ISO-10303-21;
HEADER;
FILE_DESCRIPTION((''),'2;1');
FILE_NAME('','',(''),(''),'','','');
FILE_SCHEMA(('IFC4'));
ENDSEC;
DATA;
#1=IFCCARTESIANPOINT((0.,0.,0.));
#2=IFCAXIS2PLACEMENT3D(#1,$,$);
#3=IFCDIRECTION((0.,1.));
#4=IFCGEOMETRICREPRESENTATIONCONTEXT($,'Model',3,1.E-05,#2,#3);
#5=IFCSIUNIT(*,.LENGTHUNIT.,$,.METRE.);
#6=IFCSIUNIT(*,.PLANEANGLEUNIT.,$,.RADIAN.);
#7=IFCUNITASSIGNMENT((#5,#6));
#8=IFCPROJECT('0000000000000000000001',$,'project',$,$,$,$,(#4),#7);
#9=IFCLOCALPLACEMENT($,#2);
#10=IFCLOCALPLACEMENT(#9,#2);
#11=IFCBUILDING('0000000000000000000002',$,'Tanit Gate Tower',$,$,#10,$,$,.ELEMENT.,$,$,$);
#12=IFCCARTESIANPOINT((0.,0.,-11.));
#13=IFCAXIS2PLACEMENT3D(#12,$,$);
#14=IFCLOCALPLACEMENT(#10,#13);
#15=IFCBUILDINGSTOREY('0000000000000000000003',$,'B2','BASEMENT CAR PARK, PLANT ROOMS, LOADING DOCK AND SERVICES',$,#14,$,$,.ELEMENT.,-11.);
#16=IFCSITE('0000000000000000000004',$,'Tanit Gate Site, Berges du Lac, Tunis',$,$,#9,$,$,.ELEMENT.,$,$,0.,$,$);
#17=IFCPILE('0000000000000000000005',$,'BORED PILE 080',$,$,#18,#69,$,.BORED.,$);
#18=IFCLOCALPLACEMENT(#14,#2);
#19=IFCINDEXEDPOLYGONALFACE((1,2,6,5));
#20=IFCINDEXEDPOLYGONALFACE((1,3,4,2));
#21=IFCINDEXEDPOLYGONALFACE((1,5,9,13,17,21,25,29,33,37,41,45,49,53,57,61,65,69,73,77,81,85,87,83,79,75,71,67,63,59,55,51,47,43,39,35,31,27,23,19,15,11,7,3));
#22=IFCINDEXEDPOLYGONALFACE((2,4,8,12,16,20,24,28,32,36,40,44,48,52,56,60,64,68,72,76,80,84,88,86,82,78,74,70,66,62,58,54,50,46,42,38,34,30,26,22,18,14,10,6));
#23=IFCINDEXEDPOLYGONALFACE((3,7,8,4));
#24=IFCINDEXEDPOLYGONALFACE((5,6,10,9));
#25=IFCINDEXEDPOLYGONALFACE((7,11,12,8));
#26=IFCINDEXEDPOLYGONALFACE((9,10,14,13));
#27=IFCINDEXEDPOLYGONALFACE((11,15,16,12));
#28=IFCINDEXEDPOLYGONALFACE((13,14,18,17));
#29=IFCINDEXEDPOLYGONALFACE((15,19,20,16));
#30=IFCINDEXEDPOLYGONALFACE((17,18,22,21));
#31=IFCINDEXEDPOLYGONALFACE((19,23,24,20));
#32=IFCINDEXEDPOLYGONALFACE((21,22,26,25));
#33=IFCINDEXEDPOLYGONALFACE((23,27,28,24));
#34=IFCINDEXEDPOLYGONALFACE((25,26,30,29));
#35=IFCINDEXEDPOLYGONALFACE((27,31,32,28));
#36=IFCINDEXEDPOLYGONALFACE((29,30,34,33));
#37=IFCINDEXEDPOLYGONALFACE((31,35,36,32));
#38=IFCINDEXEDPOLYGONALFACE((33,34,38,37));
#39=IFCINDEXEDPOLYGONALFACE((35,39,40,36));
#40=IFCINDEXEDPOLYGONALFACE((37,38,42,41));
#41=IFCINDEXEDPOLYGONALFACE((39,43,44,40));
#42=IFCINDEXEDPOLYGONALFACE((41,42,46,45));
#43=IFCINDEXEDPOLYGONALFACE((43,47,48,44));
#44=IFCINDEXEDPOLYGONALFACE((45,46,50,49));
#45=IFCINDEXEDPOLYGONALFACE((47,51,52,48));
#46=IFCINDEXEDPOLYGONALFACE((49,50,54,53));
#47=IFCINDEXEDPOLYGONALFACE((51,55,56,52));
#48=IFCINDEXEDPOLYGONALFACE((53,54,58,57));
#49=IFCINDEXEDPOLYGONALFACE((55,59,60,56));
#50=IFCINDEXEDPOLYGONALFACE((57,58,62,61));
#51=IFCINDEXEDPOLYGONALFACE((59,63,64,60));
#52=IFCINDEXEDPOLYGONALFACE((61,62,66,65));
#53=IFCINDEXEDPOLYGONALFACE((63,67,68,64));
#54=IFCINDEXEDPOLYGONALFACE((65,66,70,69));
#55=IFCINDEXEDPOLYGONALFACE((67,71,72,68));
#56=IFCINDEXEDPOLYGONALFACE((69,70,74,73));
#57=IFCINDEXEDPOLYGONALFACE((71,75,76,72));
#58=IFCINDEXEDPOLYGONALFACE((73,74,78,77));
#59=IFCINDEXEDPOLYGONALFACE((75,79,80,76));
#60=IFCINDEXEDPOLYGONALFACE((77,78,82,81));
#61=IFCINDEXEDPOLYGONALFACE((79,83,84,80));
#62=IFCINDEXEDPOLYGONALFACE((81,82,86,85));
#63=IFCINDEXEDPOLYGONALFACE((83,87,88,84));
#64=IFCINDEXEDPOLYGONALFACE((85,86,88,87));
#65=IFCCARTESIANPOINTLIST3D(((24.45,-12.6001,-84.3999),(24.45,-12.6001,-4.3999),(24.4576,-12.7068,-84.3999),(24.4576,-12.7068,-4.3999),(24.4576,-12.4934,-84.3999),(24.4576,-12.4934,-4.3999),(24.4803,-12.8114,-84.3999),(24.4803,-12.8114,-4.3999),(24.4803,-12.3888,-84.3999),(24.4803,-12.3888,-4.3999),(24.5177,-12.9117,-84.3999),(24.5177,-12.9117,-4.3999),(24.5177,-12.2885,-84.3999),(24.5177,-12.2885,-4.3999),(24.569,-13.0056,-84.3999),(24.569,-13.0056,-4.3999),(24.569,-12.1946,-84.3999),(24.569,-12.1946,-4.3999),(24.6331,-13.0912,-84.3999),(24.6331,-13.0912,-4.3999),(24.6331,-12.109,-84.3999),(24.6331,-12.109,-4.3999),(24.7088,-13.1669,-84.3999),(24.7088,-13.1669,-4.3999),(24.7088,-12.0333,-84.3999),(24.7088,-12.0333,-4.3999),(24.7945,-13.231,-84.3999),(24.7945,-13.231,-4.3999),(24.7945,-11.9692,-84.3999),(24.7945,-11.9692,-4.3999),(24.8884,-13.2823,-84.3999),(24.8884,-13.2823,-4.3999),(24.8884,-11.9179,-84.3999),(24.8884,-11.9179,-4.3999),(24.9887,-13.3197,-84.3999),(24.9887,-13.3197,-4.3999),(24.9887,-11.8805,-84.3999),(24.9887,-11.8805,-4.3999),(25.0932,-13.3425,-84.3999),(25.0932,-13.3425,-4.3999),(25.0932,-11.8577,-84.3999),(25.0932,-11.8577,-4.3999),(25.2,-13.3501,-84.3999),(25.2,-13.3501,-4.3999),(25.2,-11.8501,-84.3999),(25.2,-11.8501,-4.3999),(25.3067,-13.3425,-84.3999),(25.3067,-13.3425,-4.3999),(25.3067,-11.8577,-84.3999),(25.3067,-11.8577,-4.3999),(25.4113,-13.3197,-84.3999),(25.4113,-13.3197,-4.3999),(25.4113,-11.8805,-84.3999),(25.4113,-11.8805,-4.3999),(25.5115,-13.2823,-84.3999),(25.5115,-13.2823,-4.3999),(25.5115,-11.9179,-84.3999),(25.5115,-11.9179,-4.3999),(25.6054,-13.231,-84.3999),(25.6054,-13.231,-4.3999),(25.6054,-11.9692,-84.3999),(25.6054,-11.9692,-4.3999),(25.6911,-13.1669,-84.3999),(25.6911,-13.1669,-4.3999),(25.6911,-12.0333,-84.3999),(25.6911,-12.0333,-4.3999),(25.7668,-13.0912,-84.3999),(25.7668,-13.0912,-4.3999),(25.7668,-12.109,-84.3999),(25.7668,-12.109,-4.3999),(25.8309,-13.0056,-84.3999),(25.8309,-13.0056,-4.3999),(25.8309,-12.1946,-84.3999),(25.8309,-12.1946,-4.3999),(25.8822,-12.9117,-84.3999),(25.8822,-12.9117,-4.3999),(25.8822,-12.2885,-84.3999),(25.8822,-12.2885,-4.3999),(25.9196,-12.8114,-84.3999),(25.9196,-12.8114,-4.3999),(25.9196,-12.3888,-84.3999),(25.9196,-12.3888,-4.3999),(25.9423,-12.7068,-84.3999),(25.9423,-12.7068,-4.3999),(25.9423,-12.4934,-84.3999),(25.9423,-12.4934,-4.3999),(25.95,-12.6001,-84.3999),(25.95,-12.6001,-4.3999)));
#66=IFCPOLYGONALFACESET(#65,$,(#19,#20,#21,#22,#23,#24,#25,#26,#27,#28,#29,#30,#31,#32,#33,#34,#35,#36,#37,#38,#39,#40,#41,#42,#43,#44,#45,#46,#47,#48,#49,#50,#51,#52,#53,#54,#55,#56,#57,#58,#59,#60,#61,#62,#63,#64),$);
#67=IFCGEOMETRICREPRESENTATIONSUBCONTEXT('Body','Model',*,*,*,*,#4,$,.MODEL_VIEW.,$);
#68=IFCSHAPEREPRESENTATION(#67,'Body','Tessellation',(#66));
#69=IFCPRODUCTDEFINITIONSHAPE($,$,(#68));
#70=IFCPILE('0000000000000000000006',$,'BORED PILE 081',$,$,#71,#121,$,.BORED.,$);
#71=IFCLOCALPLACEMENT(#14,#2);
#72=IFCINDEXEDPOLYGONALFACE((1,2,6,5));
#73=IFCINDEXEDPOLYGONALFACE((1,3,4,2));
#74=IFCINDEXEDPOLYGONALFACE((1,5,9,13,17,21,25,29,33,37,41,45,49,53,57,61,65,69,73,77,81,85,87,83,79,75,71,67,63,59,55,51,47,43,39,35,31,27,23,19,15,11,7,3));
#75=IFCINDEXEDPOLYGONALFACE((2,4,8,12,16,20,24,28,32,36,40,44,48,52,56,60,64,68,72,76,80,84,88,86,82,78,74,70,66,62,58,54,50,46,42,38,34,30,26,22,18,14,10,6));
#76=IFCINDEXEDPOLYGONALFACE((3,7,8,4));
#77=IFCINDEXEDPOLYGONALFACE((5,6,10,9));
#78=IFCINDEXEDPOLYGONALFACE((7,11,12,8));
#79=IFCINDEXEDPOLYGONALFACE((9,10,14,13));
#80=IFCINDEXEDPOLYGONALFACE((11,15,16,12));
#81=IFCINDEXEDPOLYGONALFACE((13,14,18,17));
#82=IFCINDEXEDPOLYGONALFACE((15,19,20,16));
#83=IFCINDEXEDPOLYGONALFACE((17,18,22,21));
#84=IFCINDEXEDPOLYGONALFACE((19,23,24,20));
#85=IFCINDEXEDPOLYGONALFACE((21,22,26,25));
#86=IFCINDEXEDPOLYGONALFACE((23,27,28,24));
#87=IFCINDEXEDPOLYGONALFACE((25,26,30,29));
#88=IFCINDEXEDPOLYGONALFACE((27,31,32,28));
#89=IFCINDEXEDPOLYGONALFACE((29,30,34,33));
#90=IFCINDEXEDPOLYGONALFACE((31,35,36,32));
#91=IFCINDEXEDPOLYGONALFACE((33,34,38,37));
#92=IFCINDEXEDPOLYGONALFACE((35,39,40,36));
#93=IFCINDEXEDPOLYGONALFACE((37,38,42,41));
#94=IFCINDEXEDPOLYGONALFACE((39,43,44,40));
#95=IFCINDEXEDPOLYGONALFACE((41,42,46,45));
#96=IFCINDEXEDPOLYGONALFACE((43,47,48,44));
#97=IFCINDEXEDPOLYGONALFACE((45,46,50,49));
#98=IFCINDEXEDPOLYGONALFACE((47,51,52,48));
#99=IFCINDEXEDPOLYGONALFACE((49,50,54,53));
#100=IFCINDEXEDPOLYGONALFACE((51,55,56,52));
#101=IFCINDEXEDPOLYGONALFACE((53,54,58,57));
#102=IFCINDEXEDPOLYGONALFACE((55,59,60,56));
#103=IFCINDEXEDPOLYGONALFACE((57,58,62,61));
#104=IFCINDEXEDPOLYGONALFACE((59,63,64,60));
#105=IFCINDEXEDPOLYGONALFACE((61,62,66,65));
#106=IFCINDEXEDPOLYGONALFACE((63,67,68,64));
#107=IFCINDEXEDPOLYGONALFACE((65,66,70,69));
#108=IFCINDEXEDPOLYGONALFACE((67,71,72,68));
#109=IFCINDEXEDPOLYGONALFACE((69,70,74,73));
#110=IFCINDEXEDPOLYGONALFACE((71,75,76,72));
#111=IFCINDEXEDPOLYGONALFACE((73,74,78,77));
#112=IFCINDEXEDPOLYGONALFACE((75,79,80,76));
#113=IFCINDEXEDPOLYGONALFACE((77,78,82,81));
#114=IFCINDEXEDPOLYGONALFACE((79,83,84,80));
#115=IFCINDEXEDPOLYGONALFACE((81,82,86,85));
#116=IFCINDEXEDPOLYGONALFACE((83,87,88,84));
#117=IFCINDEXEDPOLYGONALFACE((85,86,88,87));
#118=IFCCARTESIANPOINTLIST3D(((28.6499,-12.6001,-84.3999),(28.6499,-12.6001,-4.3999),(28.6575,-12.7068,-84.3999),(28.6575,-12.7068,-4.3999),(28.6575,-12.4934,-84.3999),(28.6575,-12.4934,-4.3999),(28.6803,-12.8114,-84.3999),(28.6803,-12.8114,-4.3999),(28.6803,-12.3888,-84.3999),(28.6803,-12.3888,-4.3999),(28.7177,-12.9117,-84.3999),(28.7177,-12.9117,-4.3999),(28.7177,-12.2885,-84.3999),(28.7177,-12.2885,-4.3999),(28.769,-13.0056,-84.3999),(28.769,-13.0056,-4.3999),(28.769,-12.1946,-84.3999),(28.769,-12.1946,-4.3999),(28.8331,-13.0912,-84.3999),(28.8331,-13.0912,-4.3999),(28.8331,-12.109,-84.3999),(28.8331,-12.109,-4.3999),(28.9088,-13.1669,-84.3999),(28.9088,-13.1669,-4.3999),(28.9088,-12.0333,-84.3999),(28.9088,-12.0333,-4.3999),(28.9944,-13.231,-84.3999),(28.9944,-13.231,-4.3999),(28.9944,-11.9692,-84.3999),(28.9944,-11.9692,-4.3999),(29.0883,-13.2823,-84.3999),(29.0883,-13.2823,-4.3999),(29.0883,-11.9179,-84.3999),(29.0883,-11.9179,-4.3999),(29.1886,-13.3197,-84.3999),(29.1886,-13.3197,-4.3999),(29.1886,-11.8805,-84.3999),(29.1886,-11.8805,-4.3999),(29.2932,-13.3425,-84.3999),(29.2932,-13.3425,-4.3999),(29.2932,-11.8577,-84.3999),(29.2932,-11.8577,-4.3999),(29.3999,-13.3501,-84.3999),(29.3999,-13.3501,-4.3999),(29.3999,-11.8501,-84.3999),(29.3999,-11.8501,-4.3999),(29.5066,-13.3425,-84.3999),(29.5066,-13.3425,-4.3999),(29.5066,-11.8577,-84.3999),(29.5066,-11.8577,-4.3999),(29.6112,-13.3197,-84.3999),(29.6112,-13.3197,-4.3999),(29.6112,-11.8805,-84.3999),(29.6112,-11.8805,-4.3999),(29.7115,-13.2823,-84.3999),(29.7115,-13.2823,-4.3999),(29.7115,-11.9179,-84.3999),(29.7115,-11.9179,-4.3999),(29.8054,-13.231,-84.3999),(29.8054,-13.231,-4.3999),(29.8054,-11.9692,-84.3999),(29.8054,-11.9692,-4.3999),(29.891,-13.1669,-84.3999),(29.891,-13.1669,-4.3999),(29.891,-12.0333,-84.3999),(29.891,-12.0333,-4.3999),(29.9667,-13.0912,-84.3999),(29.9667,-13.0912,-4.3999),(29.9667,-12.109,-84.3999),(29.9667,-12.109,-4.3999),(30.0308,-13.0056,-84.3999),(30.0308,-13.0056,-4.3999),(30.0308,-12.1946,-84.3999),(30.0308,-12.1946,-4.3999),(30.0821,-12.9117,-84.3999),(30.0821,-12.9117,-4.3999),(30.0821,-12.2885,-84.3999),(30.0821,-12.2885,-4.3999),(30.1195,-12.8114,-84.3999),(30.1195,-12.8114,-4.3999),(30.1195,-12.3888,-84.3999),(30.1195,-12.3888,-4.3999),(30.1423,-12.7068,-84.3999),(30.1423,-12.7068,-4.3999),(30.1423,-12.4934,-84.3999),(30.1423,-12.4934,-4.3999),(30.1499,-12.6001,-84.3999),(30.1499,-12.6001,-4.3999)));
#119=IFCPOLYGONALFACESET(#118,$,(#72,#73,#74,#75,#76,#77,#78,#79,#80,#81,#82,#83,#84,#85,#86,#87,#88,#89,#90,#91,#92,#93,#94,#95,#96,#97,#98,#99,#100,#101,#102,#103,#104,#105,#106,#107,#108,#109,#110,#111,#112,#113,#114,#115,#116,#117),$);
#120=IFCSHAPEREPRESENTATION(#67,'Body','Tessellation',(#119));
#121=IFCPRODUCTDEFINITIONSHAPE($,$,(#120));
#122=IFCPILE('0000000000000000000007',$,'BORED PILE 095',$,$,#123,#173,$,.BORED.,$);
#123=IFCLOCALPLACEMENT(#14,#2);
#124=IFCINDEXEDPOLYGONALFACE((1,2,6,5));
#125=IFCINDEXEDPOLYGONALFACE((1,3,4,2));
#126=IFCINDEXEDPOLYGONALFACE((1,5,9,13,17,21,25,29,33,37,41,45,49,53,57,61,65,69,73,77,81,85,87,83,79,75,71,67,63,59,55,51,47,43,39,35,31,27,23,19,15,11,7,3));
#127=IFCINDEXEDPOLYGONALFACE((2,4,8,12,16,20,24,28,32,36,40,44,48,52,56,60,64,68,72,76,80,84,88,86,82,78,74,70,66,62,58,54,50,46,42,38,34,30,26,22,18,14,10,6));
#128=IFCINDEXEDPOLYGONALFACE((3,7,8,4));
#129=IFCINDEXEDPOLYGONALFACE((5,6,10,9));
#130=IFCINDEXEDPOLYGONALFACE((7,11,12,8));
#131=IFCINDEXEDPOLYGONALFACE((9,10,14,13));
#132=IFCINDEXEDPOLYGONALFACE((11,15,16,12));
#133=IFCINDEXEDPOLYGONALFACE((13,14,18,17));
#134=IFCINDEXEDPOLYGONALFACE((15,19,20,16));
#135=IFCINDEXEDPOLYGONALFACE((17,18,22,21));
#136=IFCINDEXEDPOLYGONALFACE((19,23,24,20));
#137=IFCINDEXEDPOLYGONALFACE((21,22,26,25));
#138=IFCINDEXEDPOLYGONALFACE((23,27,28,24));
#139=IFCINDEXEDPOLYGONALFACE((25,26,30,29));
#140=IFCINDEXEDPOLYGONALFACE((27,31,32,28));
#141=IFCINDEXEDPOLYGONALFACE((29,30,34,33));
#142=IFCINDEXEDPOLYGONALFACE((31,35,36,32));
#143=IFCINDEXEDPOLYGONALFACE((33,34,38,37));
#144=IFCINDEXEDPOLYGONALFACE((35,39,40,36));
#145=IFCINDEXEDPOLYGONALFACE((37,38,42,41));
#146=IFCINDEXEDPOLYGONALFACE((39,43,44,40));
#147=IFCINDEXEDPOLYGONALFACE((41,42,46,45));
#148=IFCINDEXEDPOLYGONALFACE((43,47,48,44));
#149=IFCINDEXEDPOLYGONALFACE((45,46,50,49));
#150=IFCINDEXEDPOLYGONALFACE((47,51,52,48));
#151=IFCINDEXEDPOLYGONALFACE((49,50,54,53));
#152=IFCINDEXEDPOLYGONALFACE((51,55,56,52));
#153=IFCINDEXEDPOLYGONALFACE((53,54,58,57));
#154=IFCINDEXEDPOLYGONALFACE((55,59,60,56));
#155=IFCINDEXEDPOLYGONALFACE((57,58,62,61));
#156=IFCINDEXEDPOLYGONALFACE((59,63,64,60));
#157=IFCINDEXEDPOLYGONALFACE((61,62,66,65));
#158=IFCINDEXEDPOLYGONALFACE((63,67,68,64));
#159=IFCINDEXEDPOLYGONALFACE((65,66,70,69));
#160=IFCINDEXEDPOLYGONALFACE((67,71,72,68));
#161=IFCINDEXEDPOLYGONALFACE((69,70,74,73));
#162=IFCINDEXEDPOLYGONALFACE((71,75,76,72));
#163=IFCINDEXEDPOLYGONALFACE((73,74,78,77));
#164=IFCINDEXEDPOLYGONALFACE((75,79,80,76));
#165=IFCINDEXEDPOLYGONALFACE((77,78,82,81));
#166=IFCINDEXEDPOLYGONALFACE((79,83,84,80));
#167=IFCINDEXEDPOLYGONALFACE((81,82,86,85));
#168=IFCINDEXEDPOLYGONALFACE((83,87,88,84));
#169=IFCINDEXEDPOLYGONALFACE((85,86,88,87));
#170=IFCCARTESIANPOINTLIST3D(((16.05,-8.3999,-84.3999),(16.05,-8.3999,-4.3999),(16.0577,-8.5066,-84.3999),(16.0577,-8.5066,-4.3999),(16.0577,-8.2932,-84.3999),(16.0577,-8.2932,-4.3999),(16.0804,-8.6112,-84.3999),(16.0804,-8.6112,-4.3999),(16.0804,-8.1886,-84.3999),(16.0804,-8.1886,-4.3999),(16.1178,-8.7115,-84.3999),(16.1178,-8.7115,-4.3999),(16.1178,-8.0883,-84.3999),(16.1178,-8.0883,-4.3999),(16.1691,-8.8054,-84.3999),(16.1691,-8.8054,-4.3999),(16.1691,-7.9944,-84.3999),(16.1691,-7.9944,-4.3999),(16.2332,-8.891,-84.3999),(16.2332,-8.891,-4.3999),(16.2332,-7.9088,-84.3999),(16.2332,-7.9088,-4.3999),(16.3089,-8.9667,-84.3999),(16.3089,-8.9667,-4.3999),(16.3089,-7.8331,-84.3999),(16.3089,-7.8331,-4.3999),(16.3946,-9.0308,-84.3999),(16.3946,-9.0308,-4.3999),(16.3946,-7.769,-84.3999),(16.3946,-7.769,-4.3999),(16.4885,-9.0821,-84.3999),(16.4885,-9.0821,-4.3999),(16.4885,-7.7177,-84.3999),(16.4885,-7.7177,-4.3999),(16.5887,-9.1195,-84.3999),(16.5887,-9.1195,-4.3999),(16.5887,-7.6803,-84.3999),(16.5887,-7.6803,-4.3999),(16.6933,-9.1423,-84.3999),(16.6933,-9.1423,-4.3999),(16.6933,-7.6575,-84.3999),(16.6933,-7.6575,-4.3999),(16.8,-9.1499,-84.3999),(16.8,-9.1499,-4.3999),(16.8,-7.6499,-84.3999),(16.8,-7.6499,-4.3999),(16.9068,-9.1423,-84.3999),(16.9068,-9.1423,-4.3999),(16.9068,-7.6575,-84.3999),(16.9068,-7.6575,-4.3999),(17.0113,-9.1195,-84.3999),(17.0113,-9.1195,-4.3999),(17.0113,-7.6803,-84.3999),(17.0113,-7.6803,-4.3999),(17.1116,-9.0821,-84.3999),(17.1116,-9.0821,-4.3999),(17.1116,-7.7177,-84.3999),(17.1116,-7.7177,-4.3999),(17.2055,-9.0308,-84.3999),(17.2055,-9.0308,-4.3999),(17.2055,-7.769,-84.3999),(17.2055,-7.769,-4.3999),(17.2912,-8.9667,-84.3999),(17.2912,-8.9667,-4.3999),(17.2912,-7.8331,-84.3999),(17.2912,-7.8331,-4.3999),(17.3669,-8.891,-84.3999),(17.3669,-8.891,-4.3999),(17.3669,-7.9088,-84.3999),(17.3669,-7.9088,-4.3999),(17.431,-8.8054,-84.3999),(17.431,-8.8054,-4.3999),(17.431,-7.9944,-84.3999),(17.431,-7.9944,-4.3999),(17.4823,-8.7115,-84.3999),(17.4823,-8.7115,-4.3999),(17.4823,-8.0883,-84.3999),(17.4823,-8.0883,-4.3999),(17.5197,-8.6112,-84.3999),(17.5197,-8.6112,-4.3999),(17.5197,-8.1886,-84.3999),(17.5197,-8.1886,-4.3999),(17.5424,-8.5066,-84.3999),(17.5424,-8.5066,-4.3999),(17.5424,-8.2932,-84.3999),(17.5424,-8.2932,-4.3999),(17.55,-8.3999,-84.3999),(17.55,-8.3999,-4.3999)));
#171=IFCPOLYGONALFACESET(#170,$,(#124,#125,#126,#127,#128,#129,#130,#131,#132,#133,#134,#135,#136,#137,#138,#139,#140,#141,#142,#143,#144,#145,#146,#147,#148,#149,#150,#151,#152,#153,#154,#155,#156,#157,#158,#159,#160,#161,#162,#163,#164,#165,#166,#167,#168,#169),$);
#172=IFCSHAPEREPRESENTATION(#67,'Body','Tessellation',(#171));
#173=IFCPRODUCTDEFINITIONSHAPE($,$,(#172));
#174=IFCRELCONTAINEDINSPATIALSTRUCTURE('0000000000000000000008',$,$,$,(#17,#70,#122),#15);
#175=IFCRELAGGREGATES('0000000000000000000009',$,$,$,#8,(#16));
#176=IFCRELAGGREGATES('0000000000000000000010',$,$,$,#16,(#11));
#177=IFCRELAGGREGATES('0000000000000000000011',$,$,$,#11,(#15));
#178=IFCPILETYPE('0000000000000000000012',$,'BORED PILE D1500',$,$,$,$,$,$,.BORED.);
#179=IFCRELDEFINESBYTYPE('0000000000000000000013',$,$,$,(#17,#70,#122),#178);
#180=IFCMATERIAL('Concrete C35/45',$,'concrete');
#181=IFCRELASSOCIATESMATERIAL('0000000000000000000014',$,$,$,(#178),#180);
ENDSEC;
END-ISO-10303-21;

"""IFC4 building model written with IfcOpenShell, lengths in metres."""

from ifc_helpers import new_model, si_unit, direction, frame, origin, origin_2d, place, context, subcontext, project, spatial, circle, extrude, material, material_profile, profile_set, type_object, element, save


model = new_model("IFC4")

# Units and contexts
model_context = context("Model", 3, precision=1e-05, world=origin(), true_north=direction((0.0, 1.0)))
body_context = subcontext(model_context, "Body", "Model", "MODEL_VIEW")
ifc_project = project(units=[si_unit("LENGTHUNIT", "METRE"), si_unit("PLANEANGLEUNIT", "RADIAN")], contexts=[model_context])

# Site, building, storey
site_placement = place(None, origin())
site = spatial("IfcSite", under=ifc_project, at=site_placement, Name="Tanit Gate Site, Berges du Lac, Tunis", CompositionType="ELEMENT", RefElevation=0.0)
building_placement = place(site_placement, origin())
building = spatial("IfcBuilding", under=site, at=building_placement, Name="Tanit Gate Tower", CompositionType="ELEMENT")
storey_placement = place(building_placement, frame((0.0, 0.0, -11.0)))
storey = spatial("IfcBuildingStorey", under=building, at=storey_placement, Name="B2", Description="BASEMENT CAR PARK, PLANT ROOMS, LOADING DOCK AND SERVICES", CompositionType="ELEMENT", Elevation=-11.0)

# Piles
ifc_material_1 = material(Name="Concrete C35/45", Category="concrete")
ifc_material_profile = material_profile(ifc_material_1, circle(Radius=0.75, at=origin_2d()), Name="BORED PILE D1500 C35/45")
ifc_profile_set = profile_set([ifc_material_profile], Name="Concrete C35/45")
pile_type = type_object("IfcPileType", Name="BORED PILE D1500", PredefinedType="BORED", material=ifc_profile_set)
for number, where, z_axis, x_axis, name in (
    (1, (25.2, -12.6001, -4.3999), (0.0, 0.0, -1.0), (1.0, 0.0, 0.0), "BORED PILE 080"),
    (2, (29.3999, -12.6001, -4.3999), (0.0, 0.0, -1.0), (1.0, 0.0, 0.0), "BORED PILE 081"),
    (3, (16.8, -8.3999, -4.3999), (0.0, 0.0, -1.0), (1.0, 0.0, 0.0), "BORED PILE 095"),
):
    element("IfcPile", number, at=place(storey_placement, frame(where, z_axis=z_axis, x_axis=x_axis)), inside=storey, type_object=pile_type, Name=name, PredefinedType="BORED", context=body_context, shape_type="SweptSolid", body=[
        extrude(circle(Radius=0.75, at=origin_2d()), origin(), (0.0, 0.0, 1.0), 80.0),
    ])

save(model, "model.ifc")
